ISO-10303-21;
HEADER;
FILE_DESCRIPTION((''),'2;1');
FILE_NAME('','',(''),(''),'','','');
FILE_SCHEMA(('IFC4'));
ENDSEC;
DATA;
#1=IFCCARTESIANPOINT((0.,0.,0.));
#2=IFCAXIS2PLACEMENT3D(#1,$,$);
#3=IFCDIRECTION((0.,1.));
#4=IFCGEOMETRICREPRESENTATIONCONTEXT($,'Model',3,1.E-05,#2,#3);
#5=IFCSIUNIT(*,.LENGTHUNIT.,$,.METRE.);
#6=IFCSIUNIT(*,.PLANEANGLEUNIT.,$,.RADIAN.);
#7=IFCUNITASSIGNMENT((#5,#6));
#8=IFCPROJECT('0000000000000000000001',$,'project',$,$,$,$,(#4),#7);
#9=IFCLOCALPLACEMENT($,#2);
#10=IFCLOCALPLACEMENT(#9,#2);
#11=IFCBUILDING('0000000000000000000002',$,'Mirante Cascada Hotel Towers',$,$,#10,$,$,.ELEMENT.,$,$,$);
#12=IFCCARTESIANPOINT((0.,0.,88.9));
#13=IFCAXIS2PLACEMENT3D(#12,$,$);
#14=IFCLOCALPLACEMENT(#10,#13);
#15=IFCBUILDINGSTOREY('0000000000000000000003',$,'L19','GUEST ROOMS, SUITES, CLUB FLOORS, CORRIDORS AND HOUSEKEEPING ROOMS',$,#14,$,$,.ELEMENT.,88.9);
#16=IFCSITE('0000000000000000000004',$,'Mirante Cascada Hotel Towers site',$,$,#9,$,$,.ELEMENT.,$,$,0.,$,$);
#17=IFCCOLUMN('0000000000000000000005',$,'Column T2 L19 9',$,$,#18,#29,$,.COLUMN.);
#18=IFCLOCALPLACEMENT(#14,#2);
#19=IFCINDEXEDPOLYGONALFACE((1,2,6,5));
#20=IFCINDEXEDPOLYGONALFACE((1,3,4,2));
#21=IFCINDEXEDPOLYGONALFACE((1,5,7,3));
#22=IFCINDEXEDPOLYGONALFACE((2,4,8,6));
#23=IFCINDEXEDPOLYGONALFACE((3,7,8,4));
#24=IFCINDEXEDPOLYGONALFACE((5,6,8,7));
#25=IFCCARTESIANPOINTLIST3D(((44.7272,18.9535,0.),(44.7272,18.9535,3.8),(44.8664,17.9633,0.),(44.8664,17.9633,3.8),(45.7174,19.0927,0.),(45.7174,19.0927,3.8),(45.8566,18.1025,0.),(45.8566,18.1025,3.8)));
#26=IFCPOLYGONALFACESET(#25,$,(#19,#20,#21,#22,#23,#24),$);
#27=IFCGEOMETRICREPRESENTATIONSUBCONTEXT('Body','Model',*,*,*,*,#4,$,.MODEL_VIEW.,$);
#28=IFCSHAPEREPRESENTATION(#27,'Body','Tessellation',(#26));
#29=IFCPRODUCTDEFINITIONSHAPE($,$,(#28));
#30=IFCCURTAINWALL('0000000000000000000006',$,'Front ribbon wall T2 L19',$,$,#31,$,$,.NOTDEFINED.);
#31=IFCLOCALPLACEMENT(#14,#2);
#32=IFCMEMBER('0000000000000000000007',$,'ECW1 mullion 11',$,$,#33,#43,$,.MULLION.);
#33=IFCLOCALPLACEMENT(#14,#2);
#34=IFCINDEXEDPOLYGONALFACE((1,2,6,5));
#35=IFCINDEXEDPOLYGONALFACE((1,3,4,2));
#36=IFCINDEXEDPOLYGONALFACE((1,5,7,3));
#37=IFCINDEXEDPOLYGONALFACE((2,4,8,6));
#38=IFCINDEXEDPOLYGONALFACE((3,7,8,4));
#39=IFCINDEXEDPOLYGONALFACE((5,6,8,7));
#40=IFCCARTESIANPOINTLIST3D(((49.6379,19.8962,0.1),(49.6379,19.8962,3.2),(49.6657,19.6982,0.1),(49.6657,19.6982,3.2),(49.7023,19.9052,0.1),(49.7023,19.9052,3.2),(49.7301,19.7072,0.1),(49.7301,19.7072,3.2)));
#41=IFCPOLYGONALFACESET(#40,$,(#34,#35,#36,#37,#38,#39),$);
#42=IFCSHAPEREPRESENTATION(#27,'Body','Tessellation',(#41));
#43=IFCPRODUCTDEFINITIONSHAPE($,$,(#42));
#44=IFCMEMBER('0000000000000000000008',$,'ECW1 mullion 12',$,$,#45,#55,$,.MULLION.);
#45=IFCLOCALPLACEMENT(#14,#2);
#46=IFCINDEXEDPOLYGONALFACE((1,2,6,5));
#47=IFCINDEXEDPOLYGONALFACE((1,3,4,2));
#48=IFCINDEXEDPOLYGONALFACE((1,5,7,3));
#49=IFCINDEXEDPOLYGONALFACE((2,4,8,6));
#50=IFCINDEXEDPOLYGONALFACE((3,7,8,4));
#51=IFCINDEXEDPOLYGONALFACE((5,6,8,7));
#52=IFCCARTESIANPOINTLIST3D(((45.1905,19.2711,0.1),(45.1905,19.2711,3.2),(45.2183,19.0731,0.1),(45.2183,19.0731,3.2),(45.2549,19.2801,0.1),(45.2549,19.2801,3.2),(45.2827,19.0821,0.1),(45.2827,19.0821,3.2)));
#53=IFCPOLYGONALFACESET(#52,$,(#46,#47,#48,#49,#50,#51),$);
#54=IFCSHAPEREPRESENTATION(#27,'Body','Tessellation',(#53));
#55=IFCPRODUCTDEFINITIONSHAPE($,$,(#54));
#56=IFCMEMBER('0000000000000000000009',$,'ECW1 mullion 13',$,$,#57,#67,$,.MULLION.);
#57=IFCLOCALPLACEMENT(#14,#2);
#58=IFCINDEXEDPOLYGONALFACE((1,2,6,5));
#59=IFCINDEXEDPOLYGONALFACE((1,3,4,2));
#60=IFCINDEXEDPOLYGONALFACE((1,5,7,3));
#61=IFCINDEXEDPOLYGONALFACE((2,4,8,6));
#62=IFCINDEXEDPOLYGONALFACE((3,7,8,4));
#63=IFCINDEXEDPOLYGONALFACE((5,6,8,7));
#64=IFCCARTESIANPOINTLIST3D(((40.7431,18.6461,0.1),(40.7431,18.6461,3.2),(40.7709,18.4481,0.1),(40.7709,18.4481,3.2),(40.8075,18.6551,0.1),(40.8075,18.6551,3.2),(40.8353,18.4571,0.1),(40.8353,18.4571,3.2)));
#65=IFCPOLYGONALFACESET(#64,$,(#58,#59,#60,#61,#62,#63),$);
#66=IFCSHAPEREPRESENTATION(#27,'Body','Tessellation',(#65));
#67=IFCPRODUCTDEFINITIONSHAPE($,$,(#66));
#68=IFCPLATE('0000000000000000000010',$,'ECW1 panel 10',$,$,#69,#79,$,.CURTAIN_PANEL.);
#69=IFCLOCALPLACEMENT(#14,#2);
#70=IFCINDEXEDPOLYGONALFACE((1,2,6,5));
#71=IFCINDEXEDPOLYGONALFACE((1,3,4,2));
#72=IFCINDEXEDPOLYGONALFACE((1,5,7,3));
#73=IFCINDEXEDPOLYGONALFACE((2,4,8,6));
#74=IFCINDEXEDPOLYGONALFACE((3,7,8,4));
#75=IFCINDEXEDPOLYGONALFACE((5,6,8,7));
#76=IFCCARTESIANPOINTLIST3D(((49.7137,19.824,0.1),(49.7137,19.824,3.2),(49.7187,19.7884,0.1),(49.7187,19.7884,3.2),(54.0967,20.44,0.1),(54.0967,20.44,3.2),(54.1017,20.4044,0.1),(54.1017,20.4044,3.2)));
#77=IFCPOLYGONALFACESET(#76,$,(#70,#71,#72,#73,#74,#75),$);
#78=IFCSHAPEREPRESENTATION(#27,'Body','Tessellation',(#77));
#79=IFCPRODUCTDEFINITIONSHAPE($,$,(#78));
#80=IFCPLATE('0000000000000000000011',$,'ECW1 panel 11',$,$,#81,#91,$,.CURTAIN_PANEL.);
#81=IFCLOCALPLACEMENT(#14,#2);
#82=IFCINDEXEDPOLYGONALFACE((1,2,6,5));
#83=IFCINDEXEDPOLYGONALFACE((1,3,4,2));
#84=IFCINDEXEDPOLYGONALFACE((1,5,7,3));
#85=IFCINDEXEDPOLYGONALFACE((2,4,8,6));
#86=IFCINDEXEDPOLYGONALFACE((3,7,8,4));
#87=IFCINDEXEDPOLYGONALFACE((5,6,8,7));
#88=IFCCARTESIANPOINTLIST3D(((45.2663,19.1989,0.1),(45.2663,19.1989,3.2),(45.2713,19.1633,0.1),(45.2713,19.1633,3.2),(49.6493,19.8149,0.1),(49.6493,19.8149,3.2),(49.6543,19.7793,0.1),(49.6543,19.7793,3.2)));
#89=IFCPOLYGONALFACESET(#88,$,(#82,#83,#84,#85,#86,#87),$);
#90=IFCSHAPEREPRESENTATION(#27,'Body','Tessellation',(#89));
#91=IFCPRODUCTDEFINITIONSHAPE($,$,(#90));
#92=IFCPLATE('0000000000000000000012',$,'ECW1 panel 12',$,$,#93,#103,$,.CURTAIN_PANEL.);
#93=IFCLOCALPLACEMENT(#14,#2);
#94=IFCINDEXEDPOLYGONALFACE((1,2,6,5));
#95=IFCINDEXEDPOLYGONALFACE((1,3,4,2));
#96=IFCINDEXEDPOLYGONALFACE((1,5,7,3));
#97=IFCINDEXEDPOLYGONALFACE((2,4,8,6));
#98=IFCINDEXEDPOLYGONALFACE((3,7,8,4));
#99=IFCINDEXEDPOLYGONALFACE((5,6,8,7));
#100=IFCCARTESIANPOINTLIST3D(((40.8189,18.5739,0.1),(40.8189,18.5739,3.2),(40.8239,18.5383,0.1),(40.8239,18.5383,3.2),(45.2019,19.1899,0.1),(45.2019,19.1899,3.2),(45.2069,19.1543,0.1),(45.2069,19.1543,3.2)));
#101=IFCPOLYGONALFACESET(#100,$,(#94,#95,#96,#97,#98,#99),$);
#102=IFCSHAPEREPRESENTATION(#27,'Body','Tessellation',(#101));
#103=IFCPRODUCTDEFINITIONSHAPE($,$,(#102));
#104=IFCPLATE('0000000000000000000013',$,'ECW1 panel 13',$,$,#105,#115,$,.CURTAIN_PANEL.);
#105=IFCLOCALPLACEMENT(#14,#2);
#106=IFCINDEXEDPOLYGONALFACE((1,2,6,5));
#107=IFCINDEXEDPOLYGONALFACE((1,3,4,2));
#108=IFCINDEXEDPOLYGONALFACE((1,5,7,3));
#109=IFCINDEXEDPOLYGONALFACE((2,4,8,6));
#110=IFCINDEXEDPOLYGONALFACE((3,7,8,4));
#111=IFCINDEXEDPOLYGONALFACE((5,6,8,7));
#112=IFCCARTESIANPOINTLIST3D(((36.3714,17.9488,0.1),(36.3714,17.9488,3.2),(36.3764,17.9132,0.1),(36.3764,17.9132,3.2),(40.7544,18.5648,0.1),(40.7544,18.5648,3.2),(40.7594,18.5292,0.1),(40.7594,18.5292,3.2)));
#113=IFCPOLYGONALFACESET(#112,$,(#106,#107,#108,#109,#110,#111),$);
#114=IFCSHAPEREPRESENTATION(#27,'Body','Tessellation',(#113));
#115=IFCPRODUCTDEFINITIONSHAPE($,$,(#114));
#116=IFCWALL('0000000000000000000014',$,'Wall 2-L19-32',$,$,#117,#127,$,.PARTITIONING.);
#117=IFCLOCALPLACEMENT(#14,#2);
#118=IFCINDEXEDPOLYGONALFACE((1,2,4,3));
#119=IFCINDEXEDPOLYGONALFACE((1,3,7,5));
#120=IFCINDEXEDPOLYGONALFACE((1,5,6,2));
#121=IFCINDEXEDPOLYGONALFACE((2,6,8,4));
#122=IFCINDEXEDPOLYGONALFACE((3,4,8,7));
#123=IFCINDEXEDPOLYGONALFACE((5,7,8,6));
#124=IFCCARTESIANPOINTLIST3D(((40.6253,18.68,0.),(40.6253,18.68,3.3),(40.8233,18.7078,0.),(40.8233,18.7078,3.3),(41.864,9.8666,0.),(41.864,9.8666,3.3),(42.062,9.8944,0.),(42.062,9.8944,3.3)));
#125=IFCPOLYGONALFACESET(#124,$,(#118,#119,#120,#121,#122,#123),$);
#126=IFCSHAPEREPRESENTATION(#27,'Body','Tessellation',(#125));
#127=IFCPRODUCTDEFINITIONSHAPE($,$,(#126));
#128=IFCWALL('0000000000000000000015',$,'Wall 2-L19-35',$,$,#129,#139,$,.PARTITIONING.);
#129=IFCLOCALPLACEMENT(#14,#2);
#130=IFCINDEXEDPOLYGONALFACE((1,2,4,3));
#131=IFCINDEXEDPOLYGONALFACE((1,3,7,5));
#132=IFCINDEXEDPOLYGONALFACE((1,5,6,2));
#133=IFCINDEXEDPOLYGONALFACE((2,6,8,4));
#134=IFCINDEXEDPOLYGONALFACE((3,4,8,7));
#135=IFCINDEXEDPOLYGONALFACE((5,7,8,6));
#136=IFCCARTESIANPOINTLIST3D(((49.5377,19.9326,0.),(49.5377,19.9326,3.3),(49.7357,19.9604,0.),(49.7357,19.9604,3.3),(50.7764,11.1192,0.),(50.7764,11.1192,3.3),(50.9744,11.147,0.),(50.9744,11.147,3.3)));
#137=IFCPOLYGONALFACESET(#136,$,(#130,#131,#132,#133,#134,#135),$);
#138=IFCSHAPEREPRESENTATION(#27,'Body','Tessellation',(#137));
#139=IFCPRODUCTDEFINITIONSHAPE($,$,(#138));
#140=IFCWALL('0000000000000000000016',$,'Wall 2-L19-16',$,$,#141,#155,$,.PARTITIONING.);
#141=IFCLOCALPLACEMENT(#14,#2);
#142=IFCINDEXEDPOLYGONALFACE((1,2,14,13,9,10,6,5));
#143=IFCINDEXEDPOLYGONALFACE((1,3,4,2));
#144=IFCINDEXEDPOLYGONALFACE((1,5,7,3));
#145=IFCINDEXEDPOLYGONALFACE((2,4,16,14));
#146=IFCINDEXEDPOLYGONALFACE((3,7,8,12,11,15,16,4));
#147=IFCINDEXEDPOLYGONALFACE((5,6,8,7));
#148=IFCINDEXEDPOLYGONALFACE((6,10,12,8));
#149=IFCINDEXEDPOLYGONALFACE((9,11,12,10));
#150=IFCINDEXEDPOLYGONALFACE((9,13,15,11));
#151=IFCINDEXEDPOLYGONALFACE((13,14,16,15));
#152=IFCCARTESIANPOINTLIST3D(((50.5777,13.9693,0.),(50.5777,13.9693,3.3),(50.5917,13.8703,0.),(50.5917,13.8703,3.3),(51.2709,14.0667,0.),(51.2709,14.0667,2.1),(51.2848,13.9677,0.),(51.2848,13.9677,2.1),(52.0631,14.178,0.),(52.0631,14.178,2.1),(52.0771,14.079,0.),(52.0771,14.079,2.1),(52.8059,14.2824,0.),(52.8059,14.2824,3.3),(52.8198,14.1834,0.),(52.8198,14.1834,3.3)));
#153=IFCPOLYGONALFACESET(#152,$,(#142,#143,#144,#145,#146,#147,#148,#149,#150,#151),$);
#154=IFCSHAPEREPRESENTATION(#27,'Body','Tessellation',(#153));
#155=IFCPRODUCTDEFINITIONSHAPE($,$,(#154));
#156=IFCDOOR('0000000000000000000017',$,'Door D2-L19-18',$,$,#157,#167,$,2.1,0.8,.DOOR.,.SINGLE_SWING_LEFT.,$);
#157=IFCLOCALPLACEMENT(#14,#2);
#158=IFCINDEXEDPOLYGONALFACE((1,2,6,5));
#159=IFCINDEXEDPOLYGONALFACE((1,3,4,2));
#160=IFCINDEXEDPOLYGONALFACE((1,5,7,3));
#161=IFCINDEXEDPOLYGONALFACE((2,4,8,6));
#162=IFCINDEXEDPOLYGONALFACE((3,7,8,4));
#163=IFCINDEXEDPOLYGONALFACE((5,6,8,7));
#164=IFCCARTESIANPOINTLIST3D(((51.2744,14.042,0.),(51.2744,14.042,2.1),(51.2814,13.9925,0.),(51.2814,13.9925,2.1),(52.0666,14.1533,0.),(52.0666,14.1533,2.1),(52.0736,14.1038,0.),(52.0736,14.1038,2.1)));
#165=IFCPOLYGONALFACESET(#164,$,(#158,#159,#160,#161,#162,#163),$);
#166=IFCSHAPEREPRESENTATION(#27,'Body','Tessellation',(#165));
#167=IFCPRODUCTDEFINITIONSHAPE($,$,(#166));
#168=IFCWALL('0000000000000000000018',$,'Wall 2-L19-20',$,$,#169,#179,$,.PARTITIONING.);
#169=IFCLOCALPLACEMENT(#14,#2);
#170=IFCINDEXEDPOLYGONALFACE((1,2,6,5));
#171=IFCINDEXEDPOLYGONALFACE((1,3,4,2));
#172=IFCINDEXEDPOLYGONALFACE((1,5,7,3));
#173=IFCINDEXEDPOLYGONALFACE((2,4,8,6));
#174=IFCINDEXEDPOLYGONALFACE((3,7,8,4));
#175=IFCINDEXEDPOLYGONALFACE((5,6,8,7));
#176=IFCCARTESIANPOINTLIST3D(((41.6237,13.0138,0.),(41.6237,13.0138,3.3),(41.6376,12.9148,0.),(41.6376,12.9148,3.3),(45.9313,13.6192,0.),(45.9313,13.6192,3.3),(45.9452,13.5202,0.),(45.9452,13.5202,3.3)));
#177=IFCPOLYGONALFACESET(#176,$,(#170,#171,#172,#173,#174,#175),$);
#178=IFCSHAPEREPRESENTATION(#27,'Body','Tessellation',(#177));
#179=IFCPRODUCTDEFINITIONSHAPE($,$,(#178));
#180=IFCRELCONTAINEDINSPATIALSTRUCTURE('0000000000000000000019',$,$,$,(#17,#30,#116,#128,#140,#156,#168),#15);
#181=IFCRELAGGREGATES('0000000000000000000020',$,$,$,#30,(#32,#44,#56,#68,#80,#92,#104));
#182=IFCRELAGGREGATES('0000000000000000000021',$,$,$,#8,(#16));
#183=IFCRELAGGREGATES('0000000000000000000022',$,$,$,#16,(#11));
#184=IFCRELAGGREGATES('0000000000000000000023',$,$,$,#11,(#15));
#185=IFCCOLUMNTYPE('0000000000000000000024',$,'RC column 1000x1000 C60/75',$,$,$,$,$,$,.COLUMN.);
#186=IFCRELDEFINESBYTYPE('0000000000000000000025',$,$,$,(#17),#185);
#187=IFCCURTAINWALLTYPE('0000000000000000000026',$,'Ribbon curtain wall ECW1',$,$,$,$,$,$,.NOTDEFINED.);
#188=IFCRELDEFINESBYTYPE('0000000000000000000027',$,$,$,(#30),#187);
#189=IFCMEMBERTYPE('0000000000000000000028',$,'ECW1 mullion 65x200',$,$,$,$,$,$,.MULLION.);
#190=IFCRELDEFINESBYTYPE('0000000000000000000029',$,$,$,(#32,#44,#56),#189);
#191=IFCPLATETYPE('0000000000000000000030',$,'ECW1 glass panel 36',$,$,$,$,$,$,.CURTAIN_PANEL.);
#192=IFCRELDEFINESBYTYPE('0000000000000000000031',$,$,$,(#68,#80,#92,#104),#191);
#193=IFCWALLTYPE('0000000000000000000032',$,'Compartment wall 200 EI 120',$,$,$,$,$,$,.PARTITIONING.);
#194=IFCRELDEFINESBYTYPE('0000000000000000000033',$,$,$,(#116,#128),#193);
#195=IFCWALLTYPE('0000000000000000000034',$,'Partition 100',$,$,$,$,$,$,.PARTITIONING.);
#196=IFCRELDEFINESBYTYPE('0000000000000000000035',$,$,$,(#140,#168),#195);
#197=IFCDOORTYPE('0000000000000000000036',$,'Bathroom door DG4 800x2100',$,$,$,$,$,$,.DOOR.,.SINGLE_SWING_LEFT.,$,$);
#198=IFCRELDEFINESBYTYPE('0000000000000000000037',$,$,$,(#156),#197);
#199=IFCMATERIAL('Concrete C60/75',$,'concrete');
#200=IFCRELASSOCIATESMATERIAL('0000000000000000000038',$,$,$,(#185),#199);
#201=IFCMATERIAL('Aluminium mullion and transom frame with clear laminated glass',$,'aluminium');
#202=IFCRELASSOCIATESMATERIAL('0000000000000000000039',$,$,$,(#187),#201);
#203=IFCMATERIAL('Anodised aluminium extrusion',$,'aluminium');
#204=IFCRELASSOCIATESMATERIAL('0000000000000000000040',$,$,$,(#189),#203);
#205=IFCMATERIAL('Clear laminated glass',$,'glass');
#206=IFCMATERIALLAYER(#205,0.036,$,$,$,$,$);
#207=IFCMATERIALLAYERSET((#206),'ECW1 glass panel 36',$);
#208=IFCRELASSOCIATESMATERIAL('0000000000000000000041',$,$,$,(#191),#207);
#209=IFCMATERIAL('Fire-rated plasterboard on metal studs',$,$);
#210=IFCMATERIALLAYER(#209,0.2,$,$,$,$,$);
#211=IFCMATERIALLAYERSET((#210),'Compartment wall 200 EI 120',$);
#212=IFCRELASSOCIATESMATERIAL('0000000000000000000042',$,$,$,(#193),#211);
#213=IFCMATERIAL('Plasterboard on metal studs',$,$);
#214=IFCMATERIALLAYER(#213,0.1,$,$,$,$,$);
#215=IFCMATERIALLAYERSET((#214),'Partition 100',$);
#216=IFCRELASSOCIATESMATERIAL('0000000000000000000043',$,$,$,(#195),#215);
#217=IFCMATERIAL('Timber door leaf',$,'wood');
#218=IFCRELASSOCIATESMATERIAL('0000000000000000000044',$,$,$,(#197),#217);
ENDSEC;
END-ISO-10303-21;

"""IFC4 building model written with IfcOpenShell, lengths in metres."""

from ifc_helpers import new_model, si_unit, direction, frame, frame_2d, origin, origin_2d, place, context, subcontext, project, spatial, rectangle, extrude, material, layer, layer_set, material_profile, profile_set, type_object, element, fill, aggregate, save


model = new_model("IFC4")

# Units and contexts
model_context = context("Model", 3, precision=1e-05, world=origin(), true_north=direction((0.0, 1.0)))
body_context = subcontext(model_context, "Body", "Model", "MODEL_VIEW")
ifc_project = project(units=[si_unit("LENGTHUNIT", "METRE"), si_unit("PLANEANGLEUNIT", "RADIAN")], contexts=[model_context])

# Site, building, storey
site_placement = place(None, origin())
site = spatial("IfcSite", under=ifc_project, at=site_placement, Name="Mirante Cascada Hotel Towers site", CompositionType="ELEMENT", RefElevation=0.0)
building_placement = place(site_placement, origin())
building = spatial("IfcBuilding", under=site, at=building_placement, Name="Mirante Cascada Hotel Towers", CompositionType="ELEMENT")
storey_placement = place(building_placement, frame((0.0, 0.0, 88.9)))
storey = spatial("IfcBuildingStorey", under=building, at=storey_placement, Name="L19", Description="GUEST ROOMS, SUITES, CLUB FLOORS, CORRIDORS AND HOUSEKEEPING ROOMS", CompositionType="ELEMENT", Elevation=88.9)

# Column
ifc_material_1 = material(Name="Concrete C60/75", Category="concrete")
ifc_material_profile_1 = material_profile(ifc_material_1, rectangle(XDim=1.0, YDim=1.0, at=origin_2d()), Name="RC column 1000x1000 C60/75")
ifc_profile_set_1 = profile_set([ifc_material_profile_1], Name="Concrete C60/75")
column_type = type_object("IfcColumnType", Name="RC column 1000x1000 C60/75", PredefinedType="COLUMN", material=ifc_profile_set_1)
column_placement = place(storey_placement, frame((45.2919, 18.528, 0.0), z_axis=(0.0, 0.0, 1.0), x_axis=(0.990268, 0.139173, 0.0)))
element("IfcColumn", 1, at=column_placement, inside=storey, type_object=column_type, Name="Column T2 L19 9", PredefinedType="COLUMN", context=body_context, shape_type="SweptSolid", body=[
    extrude(rectangle(XDim=1.0, YDim=1.0, at=origin_2d()), origin(), (0.0, 0.0, 1.0), 3.8),
])

# Curtain wall, members, plates
ifc_material_2 = material(Name="Aluminium mullion and transom frame with clear laminated glass", Category="aluminium")
curtain_wall_type = type_object("IfcCurtainWallType", Name="Ribbon curtain wall ECW1", PredefinedType="NOTDEFINED", material=ifc_material_2)
curtain_wall_placement = place(storey_placement, origin())
curtain_wall = element("IfcCurtainWall", 2, at=curtain_wall_placement, inside=storey, type_object=curtain_wall_type, Name="Front ribbon wall T2 L19", PredefinedType="NOTDEFINED")
ifc_material_3 = material(Name="Anodised aluminium extrusion", Category="aluminium")
ifc_material_profile_2 = material_profile(ifc_material_3, rectangle(XDim=0.2, YDim=0.065, at=origin_2d()), Name="ECW1 MULLION 65x200")
ifc_profile_set_2 = profile_set([ifc_material_profile_2], Name="Anodised aluminium extrusion")
member_type = type_object("IfcMemberType", Name="ECW1 mullion 65x200", PredefinedType="MULLION", material=ifc_profile_set_2)
member_1_placement = place(storey_placement, frame((49.684, 19.8017, 0.1), z_axis=(0.0, 0.0, 1.0), x_axis=(0.139173, -0.990268, 0.0)))
member_1 = element("IfcMember", 3, at=member_1_placement, type_object=member_type, Name="ECW1 mullion 11", PredefinedType="MULLION", context=body_context, shape_type="SweptSolid", body=[
    extrude(rectangle(XDim=0.2, YDim=0.065, at=origin_2d()), origin(), (0.0, 0.0, 1.0), 3.1),
])
member_2_placement = place(storey_placement, frame((45.2366, 19.1766, 0.1), z_axis=(0.0, 0.0, 1.0), x_axis=(0.139173, -0.990268, 0.0)))
member_2 = element("IfcMember", 4, at=member_2_placement, type_object=member_type, Name="ECW1 mullion 12", PredefinedType="MULLION", context=body_context, shape_type="SweptSolid", body=[
    extrude(rectangle(XDim=0.2, YDim=0.065, at=origin_2d()), origin(), (0.0, 0.0, 1.0), 3.1),
])
member_3_placement = place(storey_placement, frame((40.7892, 18.5516, 0.1), z_axis=(0.0, 0.0, 1.0), x_axis=(0.139173, -0.990268, 0.0)))
member_3 = element("IfcMember", 5, at=member_3_placement, type_object=member_type, Name="ECW1 mullion 13", PredefinedType="MULLION", context=body_context, shape_type="SweptSolid", body=[
    extrude(rectangle(XDim=0.2, YDim=0.065, at=origin_2d()), origin(), (0.0, 0.0, 1.0), 3.1),
])
ifc_material_4 = material(Name="Clear laminated glass", Category="glass")
ifc_layer_1 = layer(ifc_material_4, 0.036)
ifc_layer_set_1 = layer_set([ifc_layer_1], Name="ECW1 glass panel 36")
plate_type = type_object("IfcPlateType", Name="ECW1 glass panel 36", PredefinedType="CURTAIN_PANEL", material=ifc_layer_set_1)
plate_1_placement = place(storey_placement, frame((51.9077, 20.1142, 0.1), z_axis=(0.0, 0.0, 1.0), x_axis=(-0.990268, -0.139173, 0.0)))
plate_1 = element("IfcPlate", 6, at=plate_1_placement, type_object=plate_type, Name="ECW1 panel 10", PredefinedType="CURTAIN_PANEL", context=body_context, shape_type="SweptSolid", body=[
    extrude(rectangle(XDim=4.4261, YDim=0.036, at=origin_2d()), origin(), (0.0, 0.0, 1.0), 3.1),
])
plate_2_placement = place(storey_placement, frame((47.4603, 19.4891, 0.1), z_axis=(0.0, 0.0, 1.0), x_axis=(-0.990268, -0.139173, 0.0)))
plate_2 = element("IfcPlate", 7, at=plate_2_placement, type_object=plate_type, Name="ECW1 panel 11", PredefinedType="CURTAIN_PANEL", context=body_context, shape_type="SweptSolid", body=[
    extrude(rectangle(XDim=4.4261, YDim=0.036, at=origin_2d()), origin(), (0.0, 0.0, 1.0), 3.1),
])
plate_3_placement = place(storey_placement, frame((43.0129, 18.8641, 0.1), z_axis=(0.0, 0.0, 1.0), x_axis=(-0.990268, -0.139173, 0.0)))
plate_3 = element("IfcPlate", 8, at=plate_3_placement, type_object=plate_type, Name="ECW1 panel 12", PredefinedType="CURTAIN_PANEL", context=body_context, shape_type="SweptSolid", body=[
    extrude(rectangle(XDim=4.4261, YDim=0.036, at=origin_2d()), origin(), (0.0, 0.0, 1.0), 3.1),
])
plate_4_placement = place(storey_placement, frame((38.5654, 18.239, 0.1), z_axis=(0.0, 0.0, 1.0), x_axis=(-0.990268, -0.139173, 0.0)))
plate_4 = element("IfcPlate", 9, at=plate_4_placement, type_object=plate_type, Name="ECW1 panel 13", PredefinedType="CURTAIN_PANEL", context=body_context, shape_type="SweptSolid", body=[
    extrude(rectangle(XDim=4.4261, YDim=0.036, at=origin_2d()), origin(), (0.0, 0.0, 1.0), 3.1),
])
aggregate(curtain_wall, [member_1, member_2, member_3, plate_1, plate_2, plate_3, plate_4])

# Walls
ifc_material_5 = material(Name="Fire-rated plasterboard on metal studs")
ifc_layer_2 = layer(ifc_material_5, 0.2)
ifc_layer_set_2 = layer_set([ifc_layer_2], Name="Compartment wall 200 EI 120")
wall_type_1 = type_object("IfcWallType", Name="Compartment wall 200 EI 120", PredefinedType="PARTITIONING", material=ifc_layer_set_2)
for number, where, z_axis, x_axis, name in (
    (10, (41.963, 9.8805, 0.0), (0.0, 0.0, 1.0), (-0.139179, 0.990267, 0.0), "Wall 2-L19-32"),
    (11, (49.6367, 19.9465, 0.0), (0.0, 0.0, 1.0), (0.139179, -0.990267, 0.0), "Wall 2-L19-35"),
):
    element("IfcWall", number, at=place(storey_placement, frame(where, z_axis=z_axis, x_axis=x_axis)), inside=storey, type_object=wall_type_1, Name=name, PredefinedType="PARTITIONING", context=body_context, shape_type="SweptSolid", body=[
        extrude(rectangle(XDim=8.9, YDim=0.2, at=frame_2d((4.45, 0.0))), origin(), (0.0, 0.0, 1.0), 3.3),
    ])

# Wall, opening, door
ifc_material_6 = material(Name="Plasterboard on metal studs")
ifc_layer_3 = layer(ifc_material_6, 0.1)
ifc_layer_set_3 = layer_set([ifc_layer_3], Name="Partition 100")
wall_type_2 = type_object("IfcWallType", Name="Partition 100", PredefinedType="PARTITIONING", material=ifc_layer_set_3)
wall_1_placement = place(storey_placement, frame((50.5847, 13.9198, 0.0), z_axis=(0.0, 0.0, 1.0), x_axis=(0.990271, 0.139156, 0.0)))
wall_1 = element("IfcWall", 12, at=wall_1_placement, inside=storey, type_object=wall_type_2, Name="Wall 2-L19-16", PredefinedType="PARTITIONING", context=body_context, shape_type="SweptSolid", body=[
    extrude(rectangle(XDim=2.25, YDim=0.1, at=frame_2d((1.125, 0.0))), origin(), (0.0, 0.0, 1.0), 3.3),
])
opening_1_placement = place(wall_1_placement, frame((0.7, 0.0, 0.0)))
opening_1 = element("IfcOpeningElement", 13, at=opening_1_placement, cuts=wall_1, PredefinedType="OPENING", context=body_context, shape_type="SweptSolid", body=[
    extrude(rectangle(XDim=0.8, YDim=2.1, at=frame_2d((0.4, 1.05))), frame((0.0, 0.05, 0.0), z_axis=(0.0, -1.0, 0.0), x_axis=(1.0, 0.0, 0.0)), (0.0, 0.0, 1.0), 0.1),
])
ifc_material_7 = material(Name="Timber door leaf", Category="wood")
door_type_1 = type_object("IfcDoorType", Name="Bathroom door DG4 800x2100", OperationType="SINGLE_SWING_LEFT", PredefinedType="DOOR", material=ifc_material_7)
door_1_placement = place(opening_1_placement, origin())
door_1 = element("IfcDoor", 14, at=door_1_placement, inside=storey, type_object=door_type_1, Name="Door D2-L19-18", OperationType="SINGLE_SWING_LEFT", OverallHeight=2.1, OverallWidth=0.8, PredefinedType="DOOR", context=body_context, shape_type="SweptSolid", body=[
    extrude(rectangle(XDim=0.8, YDim=2.1, at=frame_2d((0.4, 1.05))), frame((0.0, 0.025, 0.0), z_axis=(0.0, -1.0, 0.0), x_axis=(1.0, 0.0, 0.0)), (0.0, 0.0, 1.0), 0.05),
])
fill(opening_1, door_1)

# Wall
wall_2_placement = place(storey_placement, frame((41.6306, 12.9643, 0.0), z_axis=(0.0, 0.0, 1.0), x_axis=(0.990268, 0.139175, 0.0)))
element("IfcWall", 15, at=wall_2_placement, inside=storey, type_object=wall_type_2, Name="Wall 2-L19-20", PredefinedType="PARTITIONING", context=body_context, shape_type="SweptSolid", body=[
    extrude(rectangle(XDim=4.3499, YDim=0.1, at=frame_2d((2.175, 0.0))), origin(), (0.0, 0.0, 1.0), 3.3),
])

save(model, "model.ifc")
